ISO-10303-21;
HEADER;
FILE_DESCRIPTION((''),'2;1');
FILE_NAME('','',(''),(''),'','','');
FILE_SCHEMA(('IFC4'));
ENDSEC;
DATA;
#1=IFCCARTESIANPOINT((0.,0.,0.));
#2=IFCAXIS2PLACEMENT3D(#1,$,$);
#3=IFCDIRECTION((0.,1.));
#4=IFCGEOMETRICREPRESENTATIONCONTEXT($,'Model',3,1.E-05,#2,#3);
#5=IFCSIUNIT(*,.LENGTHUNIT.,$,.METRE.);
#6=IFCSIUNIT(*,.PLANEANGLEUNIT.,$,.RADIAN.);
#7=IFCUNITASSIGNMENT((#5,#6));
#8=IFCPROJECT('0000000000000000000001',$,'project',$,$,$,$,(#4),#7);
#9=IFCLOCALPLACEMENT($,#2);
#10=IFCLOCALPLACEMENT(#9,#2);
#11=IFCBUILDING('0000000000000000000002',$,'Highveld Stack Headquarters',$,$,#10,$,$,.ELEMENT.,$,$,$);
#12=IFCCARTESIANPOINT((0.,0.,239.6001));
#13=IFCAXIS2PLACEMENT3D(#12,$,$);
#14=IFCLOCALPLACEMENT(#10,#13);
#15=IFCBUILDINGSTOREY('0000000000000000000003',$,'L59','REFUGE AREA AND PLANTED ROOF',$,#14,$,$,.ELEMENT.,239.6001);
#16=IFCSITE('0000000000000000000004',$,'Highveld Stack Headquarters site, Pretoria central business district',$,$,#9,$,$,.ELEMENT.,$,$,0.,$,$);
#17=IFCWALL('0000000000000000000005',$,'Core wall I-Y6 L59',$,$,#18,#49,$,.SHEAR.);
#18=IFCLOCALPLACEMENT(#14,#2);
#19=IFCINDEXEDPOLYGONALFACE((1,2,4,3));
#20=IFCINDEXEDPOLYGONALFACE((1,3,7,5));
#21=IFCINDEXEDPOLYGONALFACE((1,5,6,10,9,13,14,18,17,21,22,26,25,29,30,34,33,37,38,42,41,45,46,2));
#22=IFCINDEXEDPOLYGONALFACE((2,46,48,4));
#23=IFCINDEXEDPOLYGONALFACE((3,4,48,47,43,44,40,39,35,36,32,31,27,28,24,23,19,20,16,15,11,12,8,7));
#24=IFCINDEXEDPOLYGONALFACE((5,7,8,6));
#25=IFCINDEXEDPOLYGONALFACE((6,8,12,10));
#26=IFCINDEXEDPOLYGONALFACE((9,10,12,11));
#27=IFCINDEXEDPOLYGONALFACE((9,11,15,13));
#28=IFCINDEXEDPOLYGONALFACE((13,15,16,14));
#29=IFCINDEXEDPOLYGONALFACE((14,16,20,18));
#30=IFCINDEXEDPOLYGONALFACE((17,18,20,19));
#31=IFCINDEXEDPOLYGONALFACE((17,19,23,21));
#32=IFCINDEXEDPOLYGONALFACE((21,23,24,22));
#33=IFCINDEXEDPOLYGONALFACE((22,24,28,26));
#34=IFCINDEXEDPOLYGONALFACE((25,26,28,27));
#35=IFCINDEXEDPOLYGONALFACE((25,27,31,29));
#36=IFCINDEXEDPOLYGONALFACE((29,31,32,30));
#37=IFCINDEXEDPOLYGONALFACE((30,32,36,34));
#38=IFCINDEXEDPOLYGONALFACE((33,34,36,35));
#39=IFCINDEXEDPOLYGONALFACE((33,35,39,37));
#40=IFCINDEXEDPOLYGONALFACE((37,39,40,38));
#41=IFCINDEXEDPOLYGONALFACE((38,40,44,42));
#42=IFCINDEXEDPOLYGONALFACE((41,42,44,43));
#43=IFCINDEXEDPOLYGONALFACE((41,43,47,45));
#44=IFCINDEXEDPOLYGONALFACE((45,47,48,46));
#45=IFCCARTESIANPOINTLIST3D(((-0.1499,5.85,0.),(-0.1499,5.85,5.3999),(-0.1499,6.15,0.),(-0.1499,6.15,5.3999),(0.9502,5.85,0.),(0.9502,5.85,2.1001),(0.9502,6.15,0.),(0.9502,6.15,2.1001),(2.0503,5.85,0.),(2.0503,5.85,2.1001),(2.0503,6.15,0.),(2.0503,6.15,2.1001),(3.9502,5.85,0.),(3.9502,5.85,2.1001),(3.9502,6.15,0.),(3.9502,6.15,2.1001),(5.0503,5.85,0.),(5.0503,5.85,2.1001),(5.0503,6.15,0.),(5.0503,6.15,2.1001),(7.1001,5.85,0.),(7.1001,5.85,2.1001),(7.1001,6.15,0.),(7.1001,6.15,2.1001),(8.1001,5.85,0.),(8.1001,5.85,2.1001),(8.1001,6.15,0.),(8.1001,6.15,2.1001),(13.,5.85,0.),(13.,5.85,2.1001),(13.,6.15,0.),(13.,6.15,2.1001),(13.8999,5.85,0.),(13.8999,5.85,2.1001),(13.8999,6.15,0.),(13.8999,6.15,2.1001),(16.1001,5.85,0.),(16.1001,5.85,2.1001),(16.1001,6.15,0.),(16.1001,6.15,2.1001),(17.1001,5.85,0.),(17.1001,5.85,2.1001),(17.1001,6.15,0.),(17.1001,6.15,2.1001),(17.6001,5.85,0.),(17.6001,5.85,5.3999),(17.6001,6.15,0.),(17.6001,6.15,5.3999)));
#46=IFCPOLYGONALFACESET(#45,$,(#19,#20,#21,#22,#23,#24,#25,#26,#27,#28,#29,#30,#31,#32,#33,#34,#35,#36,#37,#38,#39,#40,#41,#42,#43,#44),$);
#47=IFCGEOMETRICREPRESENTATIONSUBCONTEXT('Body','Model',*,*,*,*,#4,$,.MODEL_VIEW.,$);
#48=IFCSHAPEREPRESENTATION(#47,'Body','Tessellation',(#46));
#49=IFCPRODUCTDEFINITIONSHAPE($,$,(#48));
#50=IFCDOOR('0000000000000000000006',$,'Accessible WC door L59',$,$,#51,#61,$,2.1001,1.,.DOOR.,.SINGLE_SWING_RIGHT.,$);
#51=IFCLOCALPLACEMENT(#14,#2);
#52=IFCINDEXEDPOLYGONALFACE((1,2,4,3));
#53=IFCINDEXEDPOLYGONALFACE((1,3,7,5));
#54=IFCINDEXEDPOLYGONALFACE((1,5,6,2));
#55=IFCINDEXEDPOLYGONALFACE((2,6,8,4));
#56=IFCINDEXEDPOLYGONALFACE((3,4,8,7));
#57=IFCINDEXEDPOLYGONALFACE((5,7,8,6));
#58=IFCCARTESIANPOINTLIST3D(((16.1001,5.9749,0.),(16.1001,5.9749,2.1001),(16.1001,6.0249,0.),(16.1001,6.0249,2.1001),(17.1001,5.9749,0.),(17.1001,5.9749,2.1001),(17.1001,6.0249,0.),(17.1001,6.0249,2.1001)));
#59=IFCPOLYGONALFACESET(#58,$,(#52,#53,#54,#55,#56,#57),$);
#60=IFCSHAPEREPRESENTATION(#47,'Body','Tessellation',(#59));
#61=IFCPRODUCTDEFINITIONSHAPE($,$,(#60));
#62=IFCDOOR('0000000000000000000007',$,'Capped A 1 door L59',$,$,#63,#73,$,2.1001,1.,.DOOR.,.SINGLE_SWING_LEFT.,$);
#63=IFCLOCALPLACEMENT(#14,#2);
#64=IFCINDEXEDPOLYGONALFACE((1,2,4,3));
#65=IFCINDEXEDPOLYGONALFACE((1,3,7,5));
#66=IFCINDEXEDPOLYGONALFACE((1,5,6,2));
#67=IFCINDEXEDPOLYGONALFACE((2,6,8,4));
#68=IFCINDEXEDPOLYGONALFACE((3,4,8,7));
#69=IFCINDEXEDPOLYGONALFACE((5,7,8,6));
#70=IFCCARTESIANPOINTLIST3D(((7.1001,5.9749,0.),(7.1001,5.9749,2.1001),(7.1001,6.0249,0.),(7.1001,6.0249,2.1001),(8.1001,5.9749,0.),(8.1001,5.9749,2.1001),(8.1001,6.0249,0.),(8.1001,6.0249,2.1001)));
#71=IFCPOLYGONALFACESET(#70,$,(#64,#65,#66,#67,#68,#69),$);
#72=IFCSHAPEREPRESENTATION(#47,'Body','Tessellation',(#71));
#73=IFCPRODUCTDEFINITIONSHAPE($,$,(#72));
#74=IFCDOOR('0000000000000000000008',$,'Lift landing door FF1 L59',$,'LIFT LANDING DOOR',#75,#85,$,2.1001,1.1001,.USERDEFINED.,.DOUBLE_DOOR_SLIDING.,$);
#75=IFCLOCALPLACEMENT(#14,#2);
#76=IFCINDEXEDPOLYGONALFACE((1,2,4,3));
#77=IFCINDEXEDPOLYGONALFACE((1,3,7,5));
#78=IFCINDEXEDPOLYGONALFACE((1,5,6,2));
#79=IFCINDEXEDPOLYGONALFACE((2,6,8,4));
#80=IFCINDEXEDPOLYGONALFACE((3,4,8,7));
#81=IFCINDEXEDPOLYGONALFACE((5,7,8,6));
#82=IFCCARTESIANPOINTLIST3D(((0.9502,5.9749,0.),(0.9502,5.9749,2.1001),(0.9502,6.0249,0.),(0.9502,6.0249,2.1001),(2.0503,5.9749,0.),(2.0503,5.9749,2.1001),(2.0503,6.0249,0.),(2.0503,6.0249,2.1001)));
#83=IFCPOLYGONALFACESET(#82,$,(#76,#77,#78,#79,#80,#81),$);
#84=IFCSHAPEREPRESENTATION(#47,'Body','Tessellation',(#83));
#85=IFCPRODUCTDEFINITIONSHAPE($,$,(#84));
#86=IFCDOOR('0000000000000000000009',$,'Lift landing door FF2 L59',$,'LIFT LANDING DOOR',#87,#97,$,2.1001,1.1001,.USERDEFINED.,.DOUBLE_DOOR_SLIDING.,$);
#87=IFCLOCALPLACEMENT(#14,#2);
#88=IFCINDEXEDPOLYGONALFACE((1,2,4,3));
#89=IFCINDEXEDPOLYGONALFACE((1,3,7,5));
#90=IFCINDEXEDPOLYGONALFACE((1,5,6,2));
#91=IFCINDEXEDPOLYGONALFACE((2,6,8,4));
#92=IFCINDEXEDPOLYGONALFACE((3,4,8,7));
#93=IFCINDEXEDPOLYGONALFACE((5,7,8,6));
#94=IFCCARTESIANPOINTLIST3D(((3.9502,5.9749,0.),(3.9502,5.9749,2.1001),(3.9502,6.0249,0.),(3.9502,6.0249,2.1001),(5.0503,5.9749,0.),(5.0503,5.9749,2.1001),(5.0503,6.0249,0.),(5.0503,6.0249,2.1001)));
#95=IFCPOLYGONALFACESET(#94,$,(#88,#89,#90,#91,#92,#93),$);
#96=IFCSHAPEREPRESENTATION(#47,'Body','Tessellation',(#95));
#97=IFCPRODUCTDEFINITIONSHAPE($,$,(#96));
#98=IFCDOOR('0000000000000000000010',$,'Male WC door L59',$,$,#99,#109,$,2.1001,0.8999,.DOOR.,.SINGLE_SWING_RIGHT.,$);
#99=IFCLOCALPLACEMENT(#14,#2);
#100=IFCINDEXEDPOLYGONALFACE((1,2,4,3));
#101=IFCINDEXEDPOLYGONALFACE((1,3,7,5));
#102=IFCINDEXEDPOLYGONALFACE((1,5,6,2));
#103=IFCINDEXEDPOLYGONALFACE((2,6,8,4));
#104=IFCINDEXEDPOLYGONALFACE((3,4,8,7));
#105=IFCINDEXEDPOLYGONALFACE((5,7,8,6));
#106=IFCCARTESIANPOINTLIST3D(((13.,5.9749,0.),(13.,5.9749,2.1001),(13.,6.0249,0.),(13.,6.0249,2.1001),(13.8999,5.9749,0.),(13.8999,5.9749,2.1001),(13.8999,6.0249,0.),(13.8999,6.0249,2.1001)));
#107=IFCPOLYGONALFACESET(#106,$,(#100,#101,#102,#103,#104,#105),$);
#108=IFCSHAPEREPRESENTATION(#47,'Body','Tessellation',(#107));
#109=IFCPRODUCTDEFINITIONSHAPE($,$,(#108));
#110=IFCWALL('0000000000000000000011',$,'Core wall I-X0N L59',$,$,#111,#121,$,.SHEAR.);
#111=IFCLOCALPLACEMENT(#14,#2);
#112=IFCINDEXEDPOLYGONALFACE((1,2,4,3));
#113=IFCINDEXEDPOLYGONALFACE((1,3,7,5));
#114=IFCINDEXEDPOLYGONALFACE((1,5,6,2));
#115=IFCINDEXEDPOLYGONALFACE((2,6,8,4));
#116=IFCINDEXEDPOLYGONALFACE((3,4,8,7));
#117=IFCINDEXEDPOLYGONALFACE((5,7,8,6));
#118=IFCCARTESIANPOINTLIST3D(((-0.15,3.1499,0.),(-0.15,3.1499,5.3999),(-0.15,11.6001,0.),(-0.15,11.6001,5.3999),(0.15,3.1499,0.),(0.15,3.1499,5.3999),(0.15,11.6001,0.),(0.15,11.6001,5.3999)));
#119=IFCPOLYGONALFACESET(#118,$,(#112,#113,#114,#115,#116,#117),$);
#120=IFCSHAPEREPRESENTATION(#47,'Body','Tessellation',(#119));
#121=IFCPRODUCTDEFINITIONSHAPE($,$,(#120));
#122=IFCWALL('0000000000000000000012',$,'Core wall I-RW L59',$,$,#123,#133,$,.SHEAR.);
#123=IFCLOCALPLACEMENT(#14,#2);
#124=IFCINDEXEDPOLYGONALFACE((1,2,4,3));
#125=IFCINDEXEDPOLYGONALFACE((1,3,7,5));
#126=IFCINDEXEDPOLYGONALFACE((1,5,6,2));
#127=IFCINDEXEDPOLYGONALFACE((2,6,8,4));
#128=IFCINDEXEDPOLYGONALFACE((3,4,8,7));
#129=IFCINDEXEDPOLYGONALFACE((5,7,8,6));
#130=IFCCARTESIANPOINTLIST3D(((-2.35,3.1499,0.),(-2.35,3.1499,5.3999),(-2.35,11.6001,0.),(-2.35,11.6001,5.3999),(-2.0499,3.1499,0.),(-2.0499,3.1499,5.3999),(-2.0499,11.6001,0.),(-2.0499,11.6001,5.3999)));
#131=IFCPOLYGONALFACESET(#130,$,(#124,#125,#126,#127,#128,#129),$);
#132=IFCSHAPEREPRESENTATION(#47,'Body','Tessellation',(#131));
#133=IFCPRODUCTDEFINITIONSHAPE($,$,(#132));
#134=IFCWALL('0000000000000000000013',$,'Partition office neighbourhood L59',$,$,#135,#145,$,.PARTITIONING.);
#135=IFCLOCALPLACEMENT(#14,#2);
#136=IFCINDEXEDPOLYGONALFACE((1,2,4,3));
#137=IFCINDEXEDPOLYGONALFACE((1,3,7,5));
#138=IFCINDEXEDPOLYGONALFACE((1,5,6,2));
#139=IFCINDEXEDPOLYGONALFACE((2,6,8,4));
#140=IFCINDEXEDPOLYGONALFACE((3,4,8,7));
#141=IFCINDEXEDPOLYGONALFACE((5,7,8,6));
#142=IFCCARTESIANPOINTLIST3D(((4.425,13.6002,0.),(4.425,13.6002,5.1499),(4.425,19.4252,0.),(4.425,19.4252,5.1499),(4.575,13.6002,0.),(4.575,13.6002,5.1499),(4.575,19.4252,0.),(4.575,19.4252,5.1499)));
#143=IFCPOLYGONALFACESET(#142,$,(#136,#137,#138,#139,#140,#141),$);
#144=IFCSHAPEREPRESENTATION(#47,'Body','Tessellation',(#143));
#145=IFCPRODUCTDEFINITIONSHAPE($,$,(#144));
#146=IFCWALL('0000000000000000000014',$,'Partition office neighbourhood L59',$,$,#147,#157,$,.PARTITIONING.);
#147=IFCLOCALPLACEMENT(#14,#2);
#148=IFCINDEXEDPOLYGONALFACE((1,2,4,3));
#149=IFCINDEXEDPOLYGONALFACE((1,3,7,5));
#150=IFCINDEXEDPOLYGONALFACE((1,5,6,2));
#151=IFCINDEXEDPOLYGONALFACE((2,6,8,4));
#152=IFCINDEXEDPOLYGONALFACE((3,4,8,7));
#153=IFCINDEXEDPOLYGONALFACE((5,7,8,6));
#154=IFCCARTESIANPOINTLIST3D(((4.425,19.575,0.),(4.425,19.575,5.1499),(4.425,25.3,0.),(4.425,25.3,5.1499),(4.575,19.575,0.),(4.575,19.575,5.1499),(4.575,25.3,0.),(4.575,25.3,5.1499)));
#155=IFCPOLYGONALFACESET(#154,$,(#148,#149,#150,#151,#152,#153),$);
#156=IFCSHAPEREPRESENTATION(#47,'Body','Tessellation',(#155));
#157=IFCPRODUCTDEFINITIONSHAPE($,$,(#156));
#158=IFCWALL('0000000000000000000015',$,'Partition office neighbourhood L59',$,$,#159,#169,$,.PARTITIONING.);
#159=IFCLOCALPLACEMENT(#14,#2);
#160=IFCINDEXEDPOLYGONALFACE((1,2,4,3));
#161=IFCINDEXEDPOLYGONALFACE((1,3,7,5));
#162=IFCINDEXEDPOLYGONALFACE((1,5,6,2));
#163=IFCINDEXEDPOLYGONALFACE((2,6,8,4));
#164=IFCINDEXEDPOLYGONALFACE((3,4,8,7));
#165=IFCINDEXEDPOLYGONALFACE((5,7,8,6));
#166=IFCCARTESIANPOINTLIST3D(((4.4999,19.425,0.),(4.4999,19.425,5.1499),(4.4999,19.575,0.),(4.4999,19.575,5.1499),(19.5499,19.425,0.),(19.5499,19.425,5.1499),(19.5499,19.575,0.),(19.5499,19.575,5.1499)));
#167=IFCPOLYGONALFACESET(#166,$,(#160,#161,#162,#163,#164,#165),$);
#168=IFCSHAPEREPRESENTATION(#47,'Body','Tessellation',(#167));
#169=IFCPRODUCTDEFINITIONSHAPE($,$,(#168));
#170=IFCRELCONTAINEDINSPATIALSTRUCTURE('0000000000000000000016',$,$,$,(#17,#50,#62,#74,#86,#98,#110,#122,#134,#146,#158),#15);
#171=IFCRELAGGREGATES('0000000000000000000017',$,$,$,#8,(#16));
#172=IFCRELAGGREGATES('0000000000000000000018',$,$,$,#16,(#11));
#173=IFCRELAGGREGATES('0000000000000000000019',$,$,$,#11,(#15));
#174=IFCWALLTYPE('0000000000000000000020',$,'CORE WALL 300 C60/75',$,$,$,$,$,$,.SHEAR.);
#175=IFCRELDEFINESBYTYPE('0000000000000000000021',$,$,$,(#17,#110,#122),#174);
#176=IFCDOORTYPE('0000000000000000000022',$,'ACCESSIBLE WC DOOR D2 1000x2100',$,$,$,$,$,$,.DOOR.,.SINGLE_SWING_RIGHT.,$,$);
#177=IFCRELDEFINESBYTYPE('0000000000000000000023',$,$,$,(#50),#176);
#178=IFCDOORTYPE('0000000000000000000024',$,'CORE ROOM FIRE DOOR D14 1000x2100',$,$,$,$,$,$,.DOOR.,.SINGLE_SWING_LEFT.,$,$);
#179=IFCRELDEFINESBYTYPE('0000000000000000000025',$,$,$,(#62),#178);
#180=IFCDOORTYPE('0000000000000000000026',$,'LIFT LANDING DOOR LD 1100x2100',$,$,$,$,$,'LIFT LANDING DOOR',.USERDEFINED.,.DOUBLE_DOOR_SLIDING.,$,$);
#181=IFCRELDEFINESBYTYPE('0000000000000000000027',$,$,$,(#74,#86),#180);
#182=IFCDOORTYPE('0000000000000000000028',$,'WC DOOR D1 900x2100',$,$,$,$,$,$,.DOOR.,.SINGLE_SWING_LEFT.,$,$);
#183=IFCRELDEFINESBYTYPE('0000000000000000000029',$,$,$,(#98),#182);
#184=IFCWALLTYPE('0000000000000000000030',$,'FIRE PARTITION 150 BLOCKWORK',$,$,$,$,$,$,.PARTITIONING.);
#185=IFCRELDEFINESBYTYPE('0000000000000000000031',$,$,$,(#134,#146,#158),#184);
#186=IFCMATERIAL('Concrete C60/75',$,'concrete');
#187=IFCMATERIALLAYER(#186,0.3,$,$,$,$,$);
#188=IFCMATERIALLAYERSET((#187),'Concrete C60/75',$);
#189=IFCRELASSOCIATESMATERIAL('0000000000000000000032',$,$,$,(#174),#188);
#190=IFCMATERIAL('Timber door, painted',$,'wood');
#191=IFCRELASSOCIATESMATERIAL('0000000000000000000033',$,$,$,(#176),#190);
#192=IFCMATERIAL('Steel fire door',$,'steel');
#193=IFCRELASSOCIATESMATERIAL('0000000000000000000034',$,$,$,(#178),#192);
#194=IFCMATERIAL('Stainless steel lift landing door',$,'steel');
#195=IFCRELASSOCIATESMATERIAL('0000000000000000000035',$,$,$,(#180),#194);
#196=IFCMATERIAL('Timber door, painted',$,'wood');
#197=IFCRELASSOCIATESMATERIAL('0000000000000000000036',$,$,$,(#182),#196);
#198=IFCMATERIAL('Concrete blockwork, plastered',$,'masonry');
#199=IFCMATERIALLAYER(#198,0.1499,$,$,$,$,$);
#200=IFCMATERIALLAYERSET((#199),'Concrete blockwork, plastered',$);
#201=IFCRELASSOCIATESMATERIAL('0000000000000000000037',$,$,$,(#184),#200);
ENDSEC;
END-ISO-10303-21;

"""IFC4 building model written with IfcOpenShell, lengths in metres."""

from ifc_helpers import new_model, si_unit, direction, frame, frame_2d, origin, place, context, subcontext, project, spatial, rectangle, extrude, material, layer, layer_set, type_object, element, fill, save


model = new_model("IFC4")

# Units and contexts
model_context = context("Model", 3, precision=1e-05, world=origin(), true_north=direction((0.0, 1.0)))
body_context = subcontext(model_context, "Body", "Model", "MODEL_VIEW")
ifc_project = project(units=[si_unit("LENGTHUNIT", "METRE"), si_unit("PLANEANGLEUNIT", "RADIAN")], contexts=[model_context])

# Site, building, storey
site_placement = place(None, origin())
site = spatial("IfcSite", under=ifc_project, at=site_placement, Name="Highveld Stack Headquarters site, Pretoria central business district", CompositionType="ELEMENT", RefElevation=0.0)
building_placement = place(site_placement, origin())
building = spatial("IfcBuilding", under=site, at=building_placement, Name="Highveld Stack Headquarters", CompositionType="ELEMENT")
storey_placement = place(building_placement, frame((0.0, 0.0, 239.6001)))
storey = spatial("IfcBuildingStorey", under=building, at=storey_placement, Name="L59", Description="REFUGE AREA AND PLANTED ROOF", CompositionType="ELEMENT", Elevation=239.6001)

# Wall, openings, doors
ifc_material_1 = material(Name="Concrete C60/75", Category="concrete")
ifc_layer_1 = layer(ifc_material_1, 0.3)
ifc_layer_set_1 = layer_set([ifc_layer_1], Name="Concrete C60/75")
wall_type_1 = type_object("IfcWallType", Name="CORE WALL 300 C60/75", PredefinedType="SHEAR", material=ifc_layer_set_1)
wall_1_placement = place(storey_placement, frame((-0.1499, 6.0, 0.0), z_axis=(0.0, 0.0, 1.0), x_axis=(1.0, 0.0, 0.0)))
wall_1 = element("IfcWall", 1, at=wall_1_placement, inside=storey, type_object=wall_type_1, Name="Core wall I-Y6 L59", PredefinedType="SHEAR", context=body_context, shape_type="SweptSolid", body=[
    extrude(rectangle(XDim=17.75, YDim=0.3, at=frame_2d((8.875, 0.0))), origin(), (0.0, 0.0, 1.0), 5.3999),
])
opening_1_placement = place(wall_1_placement, frame((13.1499, 0.0, 0.0)))
opening_1 = element("IfcOpeningElement", 2, at=opening_1_placement, cuts=wall_1, PredefinedType="OPENING", context=body_context, shape_type="SweptSolid", body=[
    extrude(rectangle(XDim=0.8999, YDim=2.1001, at=frame_2d((0.45, 1.05))), frame((0.0, 0.1599, 0.0), z_axis=(0.0, -1.0, 0.0), x_axis=(1.0, 0.0, 0.0)), (0.0, 0.0, 1.0), 0.3201),
])
opening_2_placement = place(wall_1_placement, frame((16.25, 0.0, 0.0)))
opening_2 = element("IfcOpeningElement", 3, at=opening_2_placement, cuts=wall_1, PredefinedType="OPENING", context=body_context, shape_type="SweptSolid", body=[
    extrude(rectangle(XDim=1.0, YDim=2.1001, at=frame_2d((0.5, 1.05))), frame((0.0, 0.1599, 0.0), z_axis=(0.0, -1.0, 0.0), x_axis=(1.0, 0.0, 0.0)), (0.0, 0.0, 1.0), 0.3201),
])
opening_3_placement = place(wall_1_placement, frame((7.25, 0.0, 0.0)))
opening_3 = element("IfcOpeningElement", 4, at=opening_3_placement, cuts=wall_1, PredefinedType="OPENING", context=body_context, shape_type="SweptSolid", body=[
    extrude(rectangle(XDim=1.0, YDim=2.1001, at=frame_2d((0.5, 1.05))), frame((0.0, 0.1599, 0.0), z_axis=(0.0, -1.0, 0.0), x_axis=(1.0, 0.0, 0.0)), (0.0, 0.0, 1.0), 0.3201),
])
opening_4_placement = place(wall_1_placement, frame((1.1001, 0.0, 0.0)))
opening_4 = element("IfcOpeningElement", 5, at=opening_4_placement, cuts=wall_1, PredefinedType="OPENING", context=body_context, shape_type="SweptSolid", body=[
    extrude(rectangle(XDim=1.1001, YDim=2.1001, at=frame_2d((0.55, 1.05))), frame((0.0, 0.1599, 0.0), z_axis=(0.0, -1.0, 0.0), x_axis=(1.0, 0.0, 0.0)), (0.0, 0.0, 1.0), 0.3201),
])
opening_5_placement = place(wall_1_placement, frame((4.1001, 0.0, 0.0)))
opening_5 = element("IfcOpeningElement", 6, at=opening_5_placement, cuts=wall_1, PredefinedType="OPENING", context=body_context, shape_type="SweptSolid", body=[
    extrude(rectangle(XDim=1.1001, YDim=2.1001, at=frame_2d((0.55, 1.05))), frame((0.0, 0.1599, 0.0), z_axis=(0.0, -1.0, 0.0), x_axis=(1.0, 0.0, 0.0)), (0.0, 0.0, 1.0), 0.3201),
])
ifc_material_2 = material(Name="Timber door, painted", Category="wood")
door_type_1 = type_object("IfcDoorType", Name="ACCESSIBLE WC DOOR D2 1000x2100", OperationType="SINGLE_SWING_RIGHT", PredefinedType="DOOR", material=ifc_material_2)
door_1_placement = place(opening_2_placement, origin())
door_1 = element("IfcDoor", 7, at=door_1_placement, inside=storey, type_object=door_type_1, Name="Accessible WC door L59", OperationType="SINGLE_SWING_RIGHT", OverallHeight=2.1001, OverallWidth=1.0, PredefinedType="DOOR", context=body_context, shape_type="SweptSolid", body=[
    extrude(rectangle(XDim=1.0, YDim=2.1001, at=frame_2d((0.5, 1.05))), frame((0.0, 0.0249, 0.0), z_axis=(0.0, -1.0, 0.0), x_axis=(1.0, 0.0, 0.0)), (0.0, 0.0, 1.0), 0.05),
])
fill(opening_2, door_1)
ifc_material_3 = material(Name="Steel fire door", Category="steel")
door_type_2 = type_object("IfcDoorType", Name="CORE ROOM FIRE DOOR D14 1000x2100", OperationType="SINGLE_SWING_LEFT", PredefinedType="DOOR", material=ifc_material_3)
door_2_placement = place(opening_3_placement, origin())
door_2 = element("IfcDoor", 8, at=door_2_placement, inside=storey, type_object=door_type_2, Name="Capped A 1 door L59", OperationType="SINGLE_SWING_LEFT", OverallHeight=2.1001, OverallWidth=1.0, PredefinedType="DOOR", context=body_context, shape_type="SweptSolid", body=[
    extrude(rectangle(XDim=1.0, YDim=2.1001, at=frame_2d((0.5, 1.05))), frame((0.0, 0.0249, 0.0), z_axis=(0.0, -1.0, 0.0), x_axis=(1.0, 0.0, 0.0)), (0.0, 0.0, 1.0), 0.05),
])
fill(opening_3, door_2)
ifc_material_4 = material(Name="Stainless steel lift landing door", Category="steel")
door_type_3 = type_object("IfcDoorType", Name="LIFT LANDING DOOR LD 1100x2100", ElementType="LIFT LANDING DOOR", OperationType="DOUBLE_DOOR_SLIDING", PredefinedType="USERDEFINED", material=ifc_material_4)
door_3_placement = place(opening_4_placement, origin())
door_3 = element("IfcDoor", 9, at=door_3_placement, inside=storey, type_object=door_type_3, Name="Lift landing door FF1 L59", ObjectType="LIFT LANDING DOOR", OperationType="DOUBLE_DOOR_SLIDING", OverallHeight=2.1001, OverallWidth=1.1001, PredefinedType="USERDEFINED", context=body_context, shape_type="SweptSolid", body=[
    extrude(rectangle(XDim=1.1001, YDim=2.1001, at=frame_2d((0.55, 1.05))), frame((0.0, 0.0249, 0.0), z_axis=(0.0, -1.0, 0.0), x_axis=(1.0, 0.0, 0.0)), (0.0, 0.0, 1.0), 0.05),
])
fill(opening_4, door_3)
door_4_placement = place(opening_5_placement, origin())
door_4 = element("IfcDoor", 10, at=door_4_placement, inside=storey, type_object=door_type_3, Name="Lift landing door FF2 L59", ObjectType="LIFT LANDING DOOR", OperationType="DOUBLE_DOOR_SLIDING", OverallHeight=2.1001, OverallWidth=1.1001, PredefinedType="USERDEFINED", context=body_context, shape_type="SweptSolid", body=[
    extrude(rectangle(XDim=1.1001, YDim=2.1001, at=frame_2d((0.55, 1.05))), frame((0.0, 0.0249, 0.0), z_axis=(0.0, -1.0, 0.0), x_axis=(1.0, 0.0, 0.0)), (0.0, 0.0, 1.0), 0.05),
])
fill(opening_5, door_4)
ifc_material_5 = material(Name="Timber door, painted", Category="wood")
door_type_4 = type_object("IfcDoorType", Name="WC DOOR D1 900x2100", OperationType="SINGLE_SWING_LEFT", PredefinedType="DOOR", material=ifc_material_5)
door_5_placement = place(opening_1_placement, origin())
door_5 = element("IfcDoor", 11, at=door_5_placement, inside=storey, type_object=door_type_4, Name="Male WC door L59", OperationType="SINGLE_SWING_RIGHT", OverallHeight=2.1001, OverallWidth=0.8999, PredefinedType="DOOR", context=body_context, shape_type="SweptSolid", body=[
    extrude(rectangle(XDim=0.8999, YDim=2.1001, at=frame_2d((0.45, 1.05))), frame((0.0, 0.0249, 0.0), z_axis=(0.0, -1.0, 0.0), x_axis=(1.0, 0.0, 0.0)), (0.0, 0.0, 1.0), 0.05),
])
fill(opening_1, door_5)

# Walls
for number, where, z_axis, x_axis, name in (
    (12, (0.0, 3.1499, 0.0), (0.0, 0.0, 1.0), (0.0, 1.0, 0.0), "Core wall I-X0N L59"),
    (13, (-2.2, 3.1499, 0.0), (0.0, 0.0, 1.0), (0.0, 1.0, 0.0), "Core wall I-RW L59"),
):
    element("IfcWall", number, at=place(storey_placement, frame(where, z_axis=z_axis, x_axis=x_axis)), inside=storey, type_object=wall_type_1, Name=name, PredefinedType="SHEAR", context=body_context, shape_type="SweptSolid", body=[
        extrude(rectangle(XDim=8.4502, YDim=0.3, at=frame_2d((4.2251, 0.0))), origin(), (0.0, 0.0, 1.0), 5.3999),
    ])
ifc_material_6 = material(Name="Concrete blockwork, plastered", Category="masonry")
ifc_layer_2 = layer(ifc_material_6, 0.1499)
ifc_layer_set_2 = layer_set([ifc_layer_2], Name="Concrete blockwork, plastered")
wall_type_2 = type_object("IfcWallType", Name="FIRE PARTITION 150 BLOCKWORK", PredefinedType="PARTITIONING", material=ifc_layer_set_2)
wall_2_placement = place(storey_placement, frame((4.5, 13.6001, 0.0), z_axis=(0.0, 0.0, 1.0), x_axis=(0.0, 1.0, 0.0)))
element("IfcWall", 14, at=wall_2_placement, inside=storey, type_object=wall_type_2, Name="Partition office neighbourhood L59", PredefinedType="PARTITIONING", context=body_context, shape_type="SweptSolid", body=[
    extrude(rectangle(XDim=5.825, YDim=0.1499, at=frame_2d((2.9126, 0.0))), origin(), (0.0, 0.0, 1.0), 5.1499),
])
wall_3_placement = place(storey_placement, frame((4.5, 19.575, 0.0), z_axis=(0.0, 0.0, 1.0), x_axis=(0.0, 1.0, 0.0)))
element("IfcWall", 15, at=wall_3_placement, inside=storey, type_object=wall_type_2, Name="Partition office neighbourhood L59", PredefinedType="PARTITIONING", context=body_context, shape_type="SweptSolid", body=[
    extrude(rectangle(XDim=5.7251, YDim=0.1499, at=frame_2d((2.8625, 0.0))), origin(), (0.0, 0.0, 1.0), 5.1499),
])
wall_4_placement = place(storey_placement, frame((4.5, 19.5, 0.0), z_axis=(0.0, 0.0, 1.0), x_axis=(1.0, 0.0, 0.0)))
element("IfcWall", 16, at=wall_4_placement, inside=storey, type_object=wall_type_2, Name="Partition office neighbourhood L59", PredefinedType="PARTITIONING", context=body_context, shape_type="SweptSolid", body=[
    extrude(rectangle(XDim=15.05, YDim=0.1499, at=frame_2d((7.5249, 0.0))), origin(), (0.0, 0.0, 1.0), 5.1499),
])

save(model, "model.ifc")
